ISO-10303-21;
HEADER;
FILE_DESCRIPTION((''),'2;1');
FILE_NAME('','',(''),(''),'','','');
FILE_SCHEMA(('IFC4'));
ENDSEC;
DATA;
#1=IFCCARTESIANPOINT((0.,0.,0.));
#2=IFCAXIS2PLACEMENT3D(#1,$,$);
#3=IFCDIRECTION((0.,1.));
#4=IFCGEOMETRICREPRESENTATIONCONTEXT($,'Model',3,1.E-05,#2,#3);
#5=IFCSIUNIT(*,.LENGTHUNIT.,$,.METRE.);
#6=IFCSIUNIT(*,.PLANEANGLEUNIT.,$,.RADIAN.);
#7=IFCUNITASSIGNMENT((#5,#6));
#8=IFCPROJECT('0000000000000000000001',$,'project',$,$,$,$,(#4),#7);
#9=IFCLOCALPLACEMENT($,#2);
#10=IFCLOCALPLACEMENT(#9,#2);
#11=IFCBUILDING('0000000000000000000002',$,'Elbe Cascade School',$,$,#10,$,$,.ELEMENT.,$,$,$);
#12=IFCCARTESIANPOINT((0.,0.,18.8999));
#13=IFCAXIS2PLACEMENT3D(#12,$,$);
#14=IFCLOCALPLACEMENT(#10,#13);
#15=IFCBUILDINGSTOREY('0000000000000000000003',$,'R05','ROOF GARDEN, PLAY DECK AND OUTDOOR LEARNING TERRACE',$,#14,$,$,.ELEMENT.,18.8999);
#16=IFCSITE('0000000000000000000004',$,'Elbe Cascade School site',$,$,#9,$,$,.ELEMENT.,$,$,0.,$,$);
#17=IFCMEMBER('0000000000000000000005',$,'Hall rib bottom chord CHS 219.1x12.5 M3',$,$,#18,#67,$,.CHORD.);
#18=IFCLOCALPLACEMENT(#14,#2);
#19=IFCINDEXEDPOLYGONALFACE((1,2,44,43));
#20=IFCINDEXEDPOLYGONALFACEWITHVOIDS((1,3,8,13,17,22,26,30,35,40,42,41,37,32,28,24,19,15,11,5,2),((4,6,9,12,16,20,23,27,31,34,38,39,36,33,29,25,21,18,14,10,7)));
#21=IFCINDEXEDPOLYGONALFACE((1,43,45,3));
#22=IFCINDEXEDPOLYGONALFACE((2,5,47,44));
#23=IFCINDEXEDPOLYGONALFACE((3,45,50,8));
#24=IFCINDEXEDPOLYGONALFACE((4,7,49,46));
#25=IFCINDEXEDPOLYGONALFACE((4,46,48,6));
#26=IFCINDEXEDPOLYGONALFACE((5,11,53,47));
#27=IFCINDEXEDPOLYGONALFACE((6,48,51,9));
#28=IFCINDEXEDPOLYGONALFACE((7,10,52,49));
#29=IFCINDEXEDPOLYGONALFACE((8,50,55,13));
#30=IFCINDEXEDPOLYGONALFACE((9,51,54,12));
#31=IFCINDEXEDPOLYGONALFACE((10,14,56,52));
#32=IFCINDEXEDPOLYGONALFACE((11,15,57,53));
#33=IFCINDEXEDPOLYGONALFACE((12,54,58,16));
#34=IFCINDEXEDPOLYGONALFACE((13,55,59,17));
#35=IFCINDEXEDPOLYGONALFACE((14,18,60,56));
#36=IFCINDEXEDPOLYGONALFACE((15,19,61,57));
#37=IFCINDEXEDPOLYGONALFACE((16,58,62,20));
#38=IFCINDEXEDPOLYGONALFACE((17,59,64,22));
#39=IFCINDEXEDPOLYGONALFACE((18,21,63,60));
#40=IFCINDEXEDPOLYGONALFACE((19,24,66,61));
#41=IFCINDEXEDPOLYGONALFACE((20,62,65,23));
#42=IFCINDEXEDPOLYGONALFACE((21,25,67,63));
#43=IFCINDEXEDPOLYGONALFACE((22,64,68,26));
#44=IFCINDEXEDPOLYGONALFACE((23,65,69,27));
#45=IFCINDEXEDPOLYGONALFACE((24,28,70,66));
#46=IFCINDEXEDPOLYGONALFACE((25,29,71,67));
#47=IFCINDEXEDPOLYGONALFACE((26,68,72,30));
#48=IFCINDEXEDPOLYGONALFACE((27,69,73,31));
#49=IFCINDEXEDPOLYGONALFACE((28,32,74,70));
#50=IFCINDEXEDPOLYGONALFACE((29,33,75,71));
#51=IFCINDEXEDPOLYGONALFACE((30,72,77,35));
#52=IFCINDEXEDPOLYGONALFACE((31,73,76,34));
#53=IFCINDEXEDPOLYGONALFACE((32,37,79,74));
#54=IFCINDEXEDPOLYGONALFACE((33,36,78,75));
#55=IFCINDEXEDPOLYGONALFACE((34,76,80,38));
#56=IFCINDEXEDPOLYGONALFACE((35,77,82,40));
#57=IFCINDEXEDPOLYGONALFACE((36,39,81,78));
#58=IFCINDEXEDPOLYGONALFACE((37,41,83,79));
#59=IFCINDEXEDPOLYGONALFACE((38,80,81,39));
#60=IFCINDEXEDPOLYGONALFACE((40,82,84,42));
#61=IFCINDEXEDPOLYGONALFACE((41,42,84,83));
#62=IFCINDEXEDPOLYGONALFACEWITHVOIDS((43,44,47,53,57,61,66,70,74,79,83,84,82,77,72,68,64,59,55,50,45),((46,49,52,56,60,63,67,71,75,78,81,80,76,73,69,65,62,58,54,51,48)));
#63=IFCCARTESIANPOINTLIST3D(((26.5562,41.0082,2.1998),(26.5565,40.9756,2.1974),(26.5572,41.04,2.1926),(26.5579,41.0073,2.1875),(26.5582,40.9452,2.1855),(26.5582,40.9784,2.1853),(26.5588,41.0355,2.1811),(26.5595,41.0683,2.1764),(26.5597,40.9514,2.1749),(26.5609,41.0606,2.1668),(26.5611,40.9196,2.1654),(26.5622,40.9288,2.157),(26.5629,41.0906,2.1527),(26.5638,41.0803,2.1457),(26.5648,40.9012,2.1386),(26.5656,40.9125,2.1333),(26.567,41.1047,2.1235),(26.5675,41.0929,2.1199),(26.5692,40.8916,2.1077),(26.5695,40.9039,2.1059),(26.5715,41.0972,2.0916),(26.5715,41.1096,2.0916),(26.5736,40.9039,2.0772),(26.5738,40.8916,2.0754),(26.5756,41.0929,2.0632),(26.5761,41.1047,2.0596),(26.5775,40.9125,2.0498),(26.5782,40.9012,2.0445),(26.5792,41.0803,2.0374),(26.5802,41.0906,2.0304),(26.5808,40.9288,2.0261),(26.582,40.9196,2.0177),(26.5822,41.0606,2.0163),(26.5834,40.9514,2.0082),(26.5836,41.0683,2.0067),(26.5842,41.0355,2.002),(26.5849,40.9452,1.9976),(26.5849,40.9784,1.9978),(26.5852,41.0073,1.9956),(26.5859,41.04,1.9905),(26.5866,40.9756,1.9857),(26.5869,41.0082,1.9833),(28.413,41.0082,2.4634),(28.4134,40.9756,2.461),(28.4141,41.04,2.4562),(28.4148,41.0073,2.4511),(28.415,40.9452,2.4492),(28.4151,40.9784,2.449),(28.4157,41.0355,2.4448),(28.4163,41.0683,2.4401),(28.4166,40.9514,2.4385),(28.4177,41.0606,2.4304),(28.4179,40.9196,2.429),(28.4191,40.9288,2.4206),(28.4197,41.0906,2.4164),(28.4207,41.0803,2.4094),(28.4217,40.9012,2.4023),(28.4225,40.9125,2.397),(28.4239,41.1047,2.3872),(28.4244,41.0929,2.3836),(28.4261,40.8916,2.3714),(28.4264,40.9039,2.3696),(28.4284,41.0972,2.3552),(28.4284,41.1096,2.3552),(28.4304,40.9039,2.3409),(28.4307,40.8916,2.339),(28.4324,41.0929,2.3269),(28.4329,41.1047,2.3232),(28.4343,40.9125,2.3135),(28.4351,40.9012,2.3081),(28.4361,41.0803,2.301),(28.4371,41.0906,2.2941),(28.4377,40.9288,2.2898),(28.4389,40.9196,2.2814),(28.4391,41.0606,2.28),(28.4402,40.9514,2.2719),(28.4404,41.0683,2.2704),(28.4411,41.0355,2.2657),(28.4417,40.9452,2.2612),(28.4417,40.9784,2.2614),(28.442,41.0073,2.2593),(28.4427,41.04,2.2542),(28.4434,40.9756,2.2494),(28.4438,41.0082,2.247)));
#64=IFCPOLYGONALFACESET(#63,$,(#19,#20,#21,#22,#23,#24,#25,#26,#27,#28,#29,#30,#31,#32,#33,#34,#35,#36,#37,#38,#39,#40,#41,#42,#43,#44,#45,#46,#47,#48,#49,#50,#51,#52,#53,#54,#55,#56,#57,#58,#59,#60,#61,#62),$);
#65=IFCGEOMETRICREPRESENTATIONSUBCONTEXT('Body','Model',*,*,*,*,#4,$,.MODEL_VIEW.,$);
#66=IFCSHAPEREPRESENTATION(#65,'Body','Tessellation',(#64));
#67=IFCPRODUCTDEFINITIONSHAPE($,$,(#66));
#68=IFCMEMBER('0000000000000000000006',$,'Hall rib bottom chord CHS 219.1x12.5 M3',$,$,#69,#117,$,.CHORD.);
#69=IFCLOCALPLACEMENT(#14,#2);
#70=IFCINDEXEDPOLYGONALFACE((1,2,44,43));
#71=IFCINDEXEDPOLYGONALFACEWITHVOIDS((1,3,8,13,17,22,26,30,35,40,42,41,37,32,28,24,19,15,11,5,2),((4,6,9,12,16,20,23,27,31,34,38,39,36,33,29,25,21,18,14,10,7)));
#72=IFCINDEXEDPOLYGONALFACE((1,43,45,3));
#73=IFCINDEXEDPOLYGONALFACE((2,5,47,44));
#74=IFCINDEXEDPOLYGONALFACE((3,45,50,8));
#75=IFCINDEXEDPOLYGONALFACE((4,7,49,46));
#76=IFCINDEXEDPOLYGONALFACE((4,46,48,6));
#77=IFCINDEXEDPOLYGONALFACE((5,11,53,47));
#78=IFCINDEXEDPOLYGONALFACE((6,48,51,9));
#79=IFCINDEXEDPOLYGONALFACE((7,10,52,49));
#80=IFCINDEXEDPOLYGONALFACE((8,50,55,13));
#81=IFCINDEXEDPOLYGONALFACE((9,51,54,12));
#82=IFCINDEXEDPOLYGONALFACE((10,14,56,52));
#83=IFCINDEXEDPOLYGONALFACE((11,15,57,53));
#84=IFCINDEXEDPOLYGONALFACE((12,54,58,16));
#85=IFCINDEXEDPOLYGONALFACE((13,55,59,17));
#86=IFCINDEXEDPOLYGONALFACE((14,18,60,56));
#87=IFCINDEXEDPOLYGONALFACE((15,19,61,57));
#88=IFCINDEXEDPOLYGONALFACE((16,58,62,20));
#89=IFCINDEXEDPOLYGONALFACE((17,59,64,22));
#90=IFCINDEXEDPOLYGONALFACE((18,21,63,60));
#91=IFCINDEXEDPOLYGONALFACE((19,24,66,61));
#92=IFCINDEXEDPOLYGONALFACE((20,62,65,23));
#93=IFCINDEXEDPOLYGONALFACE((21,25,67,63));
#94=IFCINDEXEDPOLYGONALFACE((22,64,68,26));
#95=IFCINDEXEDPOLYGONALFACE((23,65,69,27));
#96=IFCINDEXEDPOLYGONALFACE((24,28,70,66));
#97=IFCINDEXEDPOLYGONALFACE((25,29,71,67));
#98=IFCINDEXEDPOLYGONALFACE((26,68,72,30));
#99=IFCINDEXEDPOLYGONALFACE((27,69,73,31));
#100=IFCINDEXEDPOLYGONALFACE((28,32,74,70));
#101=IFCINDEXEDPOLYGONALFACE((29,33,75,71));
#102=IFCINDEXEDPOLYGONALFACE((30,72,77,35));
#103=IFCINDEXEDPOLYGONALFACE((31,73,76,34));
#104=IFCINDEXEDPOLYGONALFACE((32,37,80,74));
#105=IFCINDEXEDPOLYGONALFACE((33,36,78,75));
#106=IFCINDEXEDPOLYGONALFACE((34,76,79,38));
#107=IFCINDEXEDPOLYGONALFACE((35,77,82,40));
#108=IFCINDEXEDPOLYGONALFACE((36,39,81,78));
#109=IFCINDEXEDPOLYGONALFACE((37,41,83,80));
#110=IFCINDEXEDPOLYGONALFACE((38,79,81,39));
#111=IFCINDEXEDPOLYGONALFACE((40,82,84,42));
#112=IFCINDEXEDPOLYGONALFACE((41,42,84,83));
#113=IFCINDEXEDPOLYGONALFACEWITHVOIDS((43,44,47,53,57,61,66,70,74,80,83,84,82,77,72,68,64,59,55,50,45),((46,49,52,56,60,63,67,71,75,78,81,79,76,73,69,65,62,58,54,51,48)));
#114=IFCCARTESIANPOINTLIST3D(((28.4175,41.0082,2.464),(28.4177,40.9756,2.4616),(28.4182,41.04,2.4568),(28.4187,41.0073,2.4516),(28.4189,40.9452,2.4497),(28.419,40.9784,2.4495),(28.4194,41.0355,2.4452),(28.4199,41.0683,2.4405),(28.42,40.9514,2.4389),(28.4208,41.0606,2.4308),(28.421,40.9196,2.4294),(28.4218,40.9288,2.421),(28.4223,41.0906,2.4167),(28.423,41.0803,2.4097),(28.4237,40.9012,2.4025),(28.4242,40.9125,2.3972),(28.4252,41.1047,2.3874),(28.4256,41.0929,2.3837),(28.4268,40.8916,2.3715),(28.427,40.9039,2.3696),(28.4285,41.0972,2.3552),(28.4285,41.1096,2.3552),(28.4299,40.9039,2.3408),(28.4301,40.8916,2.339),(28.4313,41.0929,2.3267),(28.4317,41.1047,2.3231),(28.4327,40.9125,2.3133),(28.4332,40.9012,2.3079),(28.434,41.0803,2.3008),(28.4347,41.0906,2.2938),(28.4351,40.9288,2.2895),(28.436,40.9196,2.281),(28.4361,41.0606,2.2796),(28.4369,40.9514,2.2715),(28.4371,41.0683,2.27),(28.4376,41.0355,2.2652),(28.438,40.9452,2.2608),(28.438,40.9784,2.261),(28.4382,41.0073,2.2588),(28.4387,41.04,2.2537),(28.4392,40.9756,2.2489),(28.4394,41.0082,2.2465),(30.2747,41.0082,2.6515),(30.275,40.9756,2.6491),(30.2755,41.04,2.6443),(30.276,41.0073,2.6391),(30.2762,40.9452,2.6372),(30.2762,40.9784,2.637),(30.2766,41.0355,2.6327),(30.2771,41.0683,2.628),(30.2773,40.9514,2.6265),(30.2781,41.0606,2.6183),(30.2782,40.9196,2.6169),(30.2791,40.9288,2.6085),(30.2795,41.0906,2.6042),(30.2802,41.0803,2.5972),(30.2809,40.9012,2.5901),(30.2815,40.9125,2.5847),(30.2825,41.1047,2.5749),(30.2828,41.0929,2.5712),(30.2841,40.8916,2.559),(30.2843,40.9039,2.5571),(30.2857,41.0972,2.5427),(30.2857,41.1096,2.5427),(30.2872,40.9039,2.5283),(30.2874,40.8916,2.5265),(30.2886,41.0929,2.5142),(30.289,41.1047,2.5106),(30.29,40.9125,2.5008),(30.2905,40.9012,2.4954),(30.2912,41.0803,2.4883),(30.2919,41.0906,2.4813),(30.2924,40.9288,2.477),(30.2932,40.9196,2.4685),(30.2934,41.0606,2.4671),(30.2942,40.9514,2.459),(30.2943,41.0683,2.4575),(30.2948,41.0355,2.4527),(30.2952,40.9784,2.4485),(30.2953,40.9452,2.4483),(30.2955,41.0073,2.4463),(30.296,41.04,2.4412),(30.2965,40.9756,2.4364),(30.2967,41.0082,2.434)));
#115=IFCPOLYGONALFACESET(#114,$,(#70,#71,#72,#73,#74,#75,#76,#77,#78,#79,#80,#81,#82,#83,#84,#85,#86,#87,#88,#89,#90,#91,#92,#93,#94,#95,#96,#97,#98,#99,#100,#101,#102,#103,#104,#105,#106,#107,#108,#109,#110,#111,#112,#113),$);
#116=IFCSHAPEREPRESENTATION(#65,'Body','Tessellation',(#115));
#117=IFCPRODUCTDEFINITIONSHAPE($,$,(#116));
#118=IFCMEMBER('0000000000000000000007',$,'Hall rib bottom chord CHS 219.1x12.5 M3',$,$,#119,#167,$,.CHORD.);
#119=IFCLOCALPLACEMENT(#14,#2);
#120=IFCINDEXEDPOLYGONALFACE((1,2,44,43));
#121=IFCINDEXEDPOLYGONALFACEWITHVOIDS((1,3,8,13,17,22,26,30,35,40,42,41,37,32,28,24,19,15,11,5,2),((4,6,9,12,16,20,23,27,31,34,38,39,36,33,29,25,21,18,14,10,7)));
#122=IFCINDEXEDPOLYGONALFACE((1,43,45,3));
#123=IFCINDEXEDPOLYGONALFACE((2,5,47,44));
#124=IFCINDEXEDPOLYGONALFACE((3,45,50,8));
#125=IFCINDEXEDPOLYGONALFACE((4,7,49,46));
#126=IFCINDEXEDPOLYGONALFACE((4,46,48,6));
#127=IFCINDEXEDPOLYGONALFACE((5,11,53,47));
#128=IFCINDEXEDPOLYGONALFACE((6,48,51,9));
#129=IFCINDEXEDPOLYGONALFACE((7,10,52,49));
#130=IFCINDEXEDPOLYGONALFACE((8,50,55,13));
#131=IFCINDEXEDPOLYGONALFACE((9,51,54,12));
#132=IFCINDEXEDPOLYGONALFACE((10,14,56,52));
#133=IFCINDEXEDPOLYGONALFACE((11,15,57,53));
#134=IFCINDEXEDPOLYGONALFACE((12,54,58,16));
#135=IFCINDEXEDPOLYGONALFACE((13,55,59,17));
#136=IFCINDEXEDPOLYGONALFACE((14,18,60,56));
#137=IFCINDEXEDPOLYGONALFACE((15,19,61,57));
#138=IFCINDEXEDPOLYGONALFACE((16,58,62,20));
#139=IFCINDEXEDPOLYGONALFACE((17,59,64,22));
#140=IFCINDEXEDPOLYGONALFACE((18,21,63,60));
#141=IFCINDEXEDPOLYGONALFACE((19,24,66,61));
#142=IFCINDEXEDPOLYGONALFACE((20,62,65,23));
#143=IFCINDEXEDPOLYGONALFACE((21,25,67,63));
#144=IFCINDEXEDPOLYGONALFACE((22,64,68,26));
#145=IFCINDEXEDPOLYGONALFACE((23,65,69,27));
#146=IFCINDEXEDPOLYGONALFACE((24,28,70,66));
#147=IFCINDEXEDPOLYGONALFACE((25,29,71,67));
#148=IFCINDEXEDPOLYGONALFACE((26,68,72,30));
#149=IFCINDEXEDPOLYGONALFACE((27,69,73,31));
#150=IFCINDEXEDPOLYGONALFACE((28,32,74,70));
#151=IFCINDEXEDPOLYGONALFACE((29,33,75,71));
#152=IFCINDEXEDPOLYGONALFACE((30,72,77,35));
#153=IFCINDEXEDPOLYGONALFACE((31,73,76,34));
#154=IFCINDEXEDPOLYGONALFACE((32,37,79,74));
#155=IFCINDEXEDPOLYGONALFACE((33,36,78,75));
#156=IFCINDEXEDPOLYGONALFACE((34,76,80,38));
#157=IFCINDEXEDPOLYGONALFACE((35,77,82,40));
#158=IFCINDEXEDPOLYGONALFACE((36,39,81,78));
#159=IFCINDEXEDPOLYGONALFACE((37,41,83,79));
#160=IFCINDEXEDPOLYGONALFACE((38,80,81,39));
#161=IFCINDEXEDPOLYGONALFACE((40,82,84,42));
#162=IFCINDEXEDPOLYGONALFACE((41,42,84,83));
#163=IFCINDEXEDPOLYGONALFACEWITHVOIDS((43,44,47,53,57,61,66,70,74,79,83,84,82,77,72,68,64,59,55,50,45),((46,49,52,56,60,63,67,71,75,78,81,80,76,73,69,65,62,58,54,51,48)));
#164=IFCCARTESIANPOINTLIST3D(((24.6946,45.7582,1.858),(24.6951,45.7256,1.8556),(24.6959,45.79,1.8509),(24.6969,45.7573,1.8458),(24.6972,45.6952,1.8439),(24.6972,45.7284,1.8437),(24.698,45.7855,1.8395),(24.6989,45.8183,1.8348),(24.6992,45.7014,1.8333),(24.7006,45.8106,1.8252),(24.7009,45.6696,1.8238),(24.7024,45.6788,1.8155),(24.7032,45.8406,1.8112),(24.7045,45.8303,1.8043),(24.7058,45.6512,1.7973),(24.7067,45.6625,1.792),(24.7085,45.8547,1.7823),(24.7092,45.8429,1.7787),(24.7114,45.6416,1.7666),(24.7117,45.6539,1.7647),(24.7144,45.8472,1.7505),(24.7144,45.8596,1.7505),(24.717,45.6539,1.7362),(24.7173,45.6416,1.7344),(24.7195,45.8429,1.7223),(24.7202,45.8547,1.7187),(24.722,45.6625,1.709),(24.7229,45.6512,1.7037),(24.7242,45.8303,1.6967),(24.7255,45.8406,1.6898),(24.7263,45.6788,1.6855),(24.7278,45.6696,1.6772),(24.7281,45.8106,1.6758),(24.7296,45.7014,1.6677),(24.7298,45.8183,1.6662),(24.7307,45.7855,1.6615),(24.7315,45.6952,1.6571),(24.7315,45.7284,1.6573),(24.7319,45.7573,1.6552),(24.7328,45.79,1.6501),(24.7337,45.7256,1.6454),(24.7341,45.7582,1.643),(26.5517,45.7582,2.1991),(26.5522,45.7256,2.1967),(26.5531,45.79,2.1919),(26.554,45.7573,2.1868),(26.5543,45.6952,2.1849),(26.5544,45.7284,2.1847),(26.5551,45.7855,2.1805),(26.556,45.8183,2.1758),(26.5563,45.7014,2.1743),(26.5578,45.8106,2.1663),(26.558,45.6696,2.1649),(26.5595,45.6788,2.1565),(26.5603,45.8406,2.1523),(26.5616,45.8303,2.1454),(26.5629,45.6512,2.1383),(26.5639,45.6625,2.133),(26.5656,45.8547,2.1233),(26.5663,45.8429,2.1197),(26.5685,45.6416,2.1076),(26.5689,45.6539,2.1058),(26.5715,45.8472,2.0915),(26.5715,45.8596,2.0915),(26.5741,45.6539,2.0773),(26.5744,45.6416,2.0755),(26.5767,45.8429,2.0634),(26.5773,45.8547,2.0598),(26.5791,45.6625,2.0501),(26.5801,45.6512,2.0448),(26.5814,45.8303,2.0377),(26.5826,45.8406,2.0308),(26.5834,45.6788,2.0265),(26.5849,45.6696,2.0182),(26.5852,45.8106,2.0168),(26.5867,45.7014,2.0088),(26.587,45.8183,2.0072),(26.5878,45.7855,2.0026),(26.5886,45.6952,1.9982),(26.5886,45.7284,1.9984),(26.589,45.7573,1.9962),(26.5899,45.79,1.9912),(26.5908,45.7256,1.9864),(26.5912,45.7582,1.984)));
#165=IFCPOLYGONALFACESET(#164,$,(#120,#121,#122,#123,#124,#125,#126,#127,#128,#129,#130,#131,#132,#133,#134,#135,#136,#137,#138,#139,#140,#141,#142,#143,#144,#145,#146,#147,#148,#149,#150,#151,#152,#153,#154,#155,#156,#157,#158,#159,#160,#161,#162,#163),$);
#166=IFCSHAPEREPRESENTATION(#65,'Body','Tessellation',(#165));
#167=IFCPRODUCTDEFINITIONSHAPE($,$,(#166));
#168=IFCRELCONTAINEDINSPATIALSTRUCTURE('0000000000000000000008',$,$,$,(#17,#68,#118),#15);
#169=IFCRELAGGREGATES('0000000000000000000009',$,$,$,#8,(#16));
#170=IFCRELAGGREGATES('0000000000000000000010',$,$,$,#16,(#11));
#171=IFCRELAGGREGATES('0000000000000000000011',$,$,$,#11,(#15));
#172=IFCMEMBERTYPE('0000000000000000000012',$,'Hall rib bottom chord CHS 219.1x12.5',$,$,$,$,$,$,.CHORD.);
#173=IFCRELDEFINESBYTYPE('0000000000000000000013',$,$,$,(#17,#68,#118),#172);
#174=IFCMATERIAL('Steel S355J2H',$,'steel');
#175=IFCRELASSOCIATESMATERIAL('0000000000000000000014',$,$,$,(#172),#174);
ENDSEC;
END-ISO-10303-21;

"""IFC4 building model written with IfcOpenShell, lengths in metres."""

from ifc_helpers import new_model, si_unit, direction, frame, origin, origin_2d, place, context, subcontext, project, spatial, hollow_circle, extrude, material, material_profile, profile_set, type_object, element, save


model = new_model("IFC4")

# Units and contexts
model_context = context("Model", 3, precision=1e-05, world=origin(), true_north=direction((0.0, 1.0)))
body_context = subcontext(model_context, "Body", "Model", "MODEL_VIEW")
ifc_project = project(units=[si_unit("LENGTHUNIT", "METRE"), si_unit("PLANEANGLEUNIT", "RADIAN")], contexts=[model_context])

# Site, building, storey
site_placement = place(None, origin())
site = spatial("IfcSite", under=ifc_project, at=site_placement, Name="Elbe Cascade School site", CompositionType="ELEMENT", RefElevation=0.0)
building_placement = place(site_placement, origin())
building = spatial("IfcBuilding", under=site, at=building_placement, Name="Elbe Cascade School", CompositionType="ELEMENT")
storey_placement = place(building_placement, frame((0.0, 0.0, 18.8999)))
storey = spatial("IfcBuildingStorey", under=building, at=storey_placement, Name="R05", Description="ROOF GARDEN, PLAY DECK AND OUTDOOR LEARNING TERRACE", CompositionType="ELEMENT", Elevation=18.8999)

# Members
ifc_material_1 = material(Name="Steel S355J2H", Category="steel")
ifc_material_profile_1 = material_profile(ifc_material_1, hollow_circle(Radius=0.1096, WallThickness=0.0125, at=origin_2d()), Name="CHS 219.1x12.5")
ifc_profile_set_1 = profile_set([ifc_material_profile_1], Name="Steel S355J2H")
member_type_1 = type_object("IfcMemberType", Name="Hall rib bottom chord CHS 219.1x12.5", PredefinedType="CHORD", material=ifc_profile_set_1)
member_1_placement = place(storey_placement, frame((26.5715, 41.0, 2.0916), z_axis=(0.990069, 0.0, 0.140583), x_axis=(0.0, 1.0, 0.0)))
element("IfcMember", 1, at=member_1_placement, inside=storey, type_object=member_type_1, Name="Hall rib bottom chord CHS 219.1x12.5 M3", PredefinedType="CHORD", context=body_context, shape_type="SweptSolid", body=[
    extrude(hollow_circle(Radius=0.1096, WallThickness=0.0125, at=origin_2d()), origin(), (0.0, 0.0, 1.0), 1.8755),
])
member_2_placement = place(storey_placement, frame((28.4285, 41.0, 2.3552), z_axis=(0.994942, 0.0, 0.100449), x_axis=(0.0, 1.0, 0.0)))
element("IfcMember", 2, at=member_2_placement, inside=storey, type_object=member_type_1, Name="Hall rib bottom chord CHS 219.1x12.5 M3", PredefinedType="CHORD", context=body_context, shape_type="SweptSolid", body=[
    extrude(hollow_circle(Radius=0.1096, WallThickness=0.0125, at=origin_2d()), origin(), (0.0, 0.0, 1.0), 1.8667),
])
member_3_placement = place(storey_placement, frame((24.7144, 45.75, 1.7505), z_axis=(0.983552, 0.0, 0.180626), x_axis=(0.0, 1.0, 0.0)))
element("IfcMember", 3, at=member_3_placement, inside=storey, type_object=member_type_1, Name="Hall rib bottom chord CHS 219.1x12.5 M3", PredefinedType="CHORD", context=body_context, shape_type="SweptSolid", body=[
    extrude(hollow_circle(Radius=0.1096, WallThickness=0.0125, at=origin_2d()), origin(), (0.0, 0.0, 1.0), 1.8882),
])

save(model, "model.ifc")
